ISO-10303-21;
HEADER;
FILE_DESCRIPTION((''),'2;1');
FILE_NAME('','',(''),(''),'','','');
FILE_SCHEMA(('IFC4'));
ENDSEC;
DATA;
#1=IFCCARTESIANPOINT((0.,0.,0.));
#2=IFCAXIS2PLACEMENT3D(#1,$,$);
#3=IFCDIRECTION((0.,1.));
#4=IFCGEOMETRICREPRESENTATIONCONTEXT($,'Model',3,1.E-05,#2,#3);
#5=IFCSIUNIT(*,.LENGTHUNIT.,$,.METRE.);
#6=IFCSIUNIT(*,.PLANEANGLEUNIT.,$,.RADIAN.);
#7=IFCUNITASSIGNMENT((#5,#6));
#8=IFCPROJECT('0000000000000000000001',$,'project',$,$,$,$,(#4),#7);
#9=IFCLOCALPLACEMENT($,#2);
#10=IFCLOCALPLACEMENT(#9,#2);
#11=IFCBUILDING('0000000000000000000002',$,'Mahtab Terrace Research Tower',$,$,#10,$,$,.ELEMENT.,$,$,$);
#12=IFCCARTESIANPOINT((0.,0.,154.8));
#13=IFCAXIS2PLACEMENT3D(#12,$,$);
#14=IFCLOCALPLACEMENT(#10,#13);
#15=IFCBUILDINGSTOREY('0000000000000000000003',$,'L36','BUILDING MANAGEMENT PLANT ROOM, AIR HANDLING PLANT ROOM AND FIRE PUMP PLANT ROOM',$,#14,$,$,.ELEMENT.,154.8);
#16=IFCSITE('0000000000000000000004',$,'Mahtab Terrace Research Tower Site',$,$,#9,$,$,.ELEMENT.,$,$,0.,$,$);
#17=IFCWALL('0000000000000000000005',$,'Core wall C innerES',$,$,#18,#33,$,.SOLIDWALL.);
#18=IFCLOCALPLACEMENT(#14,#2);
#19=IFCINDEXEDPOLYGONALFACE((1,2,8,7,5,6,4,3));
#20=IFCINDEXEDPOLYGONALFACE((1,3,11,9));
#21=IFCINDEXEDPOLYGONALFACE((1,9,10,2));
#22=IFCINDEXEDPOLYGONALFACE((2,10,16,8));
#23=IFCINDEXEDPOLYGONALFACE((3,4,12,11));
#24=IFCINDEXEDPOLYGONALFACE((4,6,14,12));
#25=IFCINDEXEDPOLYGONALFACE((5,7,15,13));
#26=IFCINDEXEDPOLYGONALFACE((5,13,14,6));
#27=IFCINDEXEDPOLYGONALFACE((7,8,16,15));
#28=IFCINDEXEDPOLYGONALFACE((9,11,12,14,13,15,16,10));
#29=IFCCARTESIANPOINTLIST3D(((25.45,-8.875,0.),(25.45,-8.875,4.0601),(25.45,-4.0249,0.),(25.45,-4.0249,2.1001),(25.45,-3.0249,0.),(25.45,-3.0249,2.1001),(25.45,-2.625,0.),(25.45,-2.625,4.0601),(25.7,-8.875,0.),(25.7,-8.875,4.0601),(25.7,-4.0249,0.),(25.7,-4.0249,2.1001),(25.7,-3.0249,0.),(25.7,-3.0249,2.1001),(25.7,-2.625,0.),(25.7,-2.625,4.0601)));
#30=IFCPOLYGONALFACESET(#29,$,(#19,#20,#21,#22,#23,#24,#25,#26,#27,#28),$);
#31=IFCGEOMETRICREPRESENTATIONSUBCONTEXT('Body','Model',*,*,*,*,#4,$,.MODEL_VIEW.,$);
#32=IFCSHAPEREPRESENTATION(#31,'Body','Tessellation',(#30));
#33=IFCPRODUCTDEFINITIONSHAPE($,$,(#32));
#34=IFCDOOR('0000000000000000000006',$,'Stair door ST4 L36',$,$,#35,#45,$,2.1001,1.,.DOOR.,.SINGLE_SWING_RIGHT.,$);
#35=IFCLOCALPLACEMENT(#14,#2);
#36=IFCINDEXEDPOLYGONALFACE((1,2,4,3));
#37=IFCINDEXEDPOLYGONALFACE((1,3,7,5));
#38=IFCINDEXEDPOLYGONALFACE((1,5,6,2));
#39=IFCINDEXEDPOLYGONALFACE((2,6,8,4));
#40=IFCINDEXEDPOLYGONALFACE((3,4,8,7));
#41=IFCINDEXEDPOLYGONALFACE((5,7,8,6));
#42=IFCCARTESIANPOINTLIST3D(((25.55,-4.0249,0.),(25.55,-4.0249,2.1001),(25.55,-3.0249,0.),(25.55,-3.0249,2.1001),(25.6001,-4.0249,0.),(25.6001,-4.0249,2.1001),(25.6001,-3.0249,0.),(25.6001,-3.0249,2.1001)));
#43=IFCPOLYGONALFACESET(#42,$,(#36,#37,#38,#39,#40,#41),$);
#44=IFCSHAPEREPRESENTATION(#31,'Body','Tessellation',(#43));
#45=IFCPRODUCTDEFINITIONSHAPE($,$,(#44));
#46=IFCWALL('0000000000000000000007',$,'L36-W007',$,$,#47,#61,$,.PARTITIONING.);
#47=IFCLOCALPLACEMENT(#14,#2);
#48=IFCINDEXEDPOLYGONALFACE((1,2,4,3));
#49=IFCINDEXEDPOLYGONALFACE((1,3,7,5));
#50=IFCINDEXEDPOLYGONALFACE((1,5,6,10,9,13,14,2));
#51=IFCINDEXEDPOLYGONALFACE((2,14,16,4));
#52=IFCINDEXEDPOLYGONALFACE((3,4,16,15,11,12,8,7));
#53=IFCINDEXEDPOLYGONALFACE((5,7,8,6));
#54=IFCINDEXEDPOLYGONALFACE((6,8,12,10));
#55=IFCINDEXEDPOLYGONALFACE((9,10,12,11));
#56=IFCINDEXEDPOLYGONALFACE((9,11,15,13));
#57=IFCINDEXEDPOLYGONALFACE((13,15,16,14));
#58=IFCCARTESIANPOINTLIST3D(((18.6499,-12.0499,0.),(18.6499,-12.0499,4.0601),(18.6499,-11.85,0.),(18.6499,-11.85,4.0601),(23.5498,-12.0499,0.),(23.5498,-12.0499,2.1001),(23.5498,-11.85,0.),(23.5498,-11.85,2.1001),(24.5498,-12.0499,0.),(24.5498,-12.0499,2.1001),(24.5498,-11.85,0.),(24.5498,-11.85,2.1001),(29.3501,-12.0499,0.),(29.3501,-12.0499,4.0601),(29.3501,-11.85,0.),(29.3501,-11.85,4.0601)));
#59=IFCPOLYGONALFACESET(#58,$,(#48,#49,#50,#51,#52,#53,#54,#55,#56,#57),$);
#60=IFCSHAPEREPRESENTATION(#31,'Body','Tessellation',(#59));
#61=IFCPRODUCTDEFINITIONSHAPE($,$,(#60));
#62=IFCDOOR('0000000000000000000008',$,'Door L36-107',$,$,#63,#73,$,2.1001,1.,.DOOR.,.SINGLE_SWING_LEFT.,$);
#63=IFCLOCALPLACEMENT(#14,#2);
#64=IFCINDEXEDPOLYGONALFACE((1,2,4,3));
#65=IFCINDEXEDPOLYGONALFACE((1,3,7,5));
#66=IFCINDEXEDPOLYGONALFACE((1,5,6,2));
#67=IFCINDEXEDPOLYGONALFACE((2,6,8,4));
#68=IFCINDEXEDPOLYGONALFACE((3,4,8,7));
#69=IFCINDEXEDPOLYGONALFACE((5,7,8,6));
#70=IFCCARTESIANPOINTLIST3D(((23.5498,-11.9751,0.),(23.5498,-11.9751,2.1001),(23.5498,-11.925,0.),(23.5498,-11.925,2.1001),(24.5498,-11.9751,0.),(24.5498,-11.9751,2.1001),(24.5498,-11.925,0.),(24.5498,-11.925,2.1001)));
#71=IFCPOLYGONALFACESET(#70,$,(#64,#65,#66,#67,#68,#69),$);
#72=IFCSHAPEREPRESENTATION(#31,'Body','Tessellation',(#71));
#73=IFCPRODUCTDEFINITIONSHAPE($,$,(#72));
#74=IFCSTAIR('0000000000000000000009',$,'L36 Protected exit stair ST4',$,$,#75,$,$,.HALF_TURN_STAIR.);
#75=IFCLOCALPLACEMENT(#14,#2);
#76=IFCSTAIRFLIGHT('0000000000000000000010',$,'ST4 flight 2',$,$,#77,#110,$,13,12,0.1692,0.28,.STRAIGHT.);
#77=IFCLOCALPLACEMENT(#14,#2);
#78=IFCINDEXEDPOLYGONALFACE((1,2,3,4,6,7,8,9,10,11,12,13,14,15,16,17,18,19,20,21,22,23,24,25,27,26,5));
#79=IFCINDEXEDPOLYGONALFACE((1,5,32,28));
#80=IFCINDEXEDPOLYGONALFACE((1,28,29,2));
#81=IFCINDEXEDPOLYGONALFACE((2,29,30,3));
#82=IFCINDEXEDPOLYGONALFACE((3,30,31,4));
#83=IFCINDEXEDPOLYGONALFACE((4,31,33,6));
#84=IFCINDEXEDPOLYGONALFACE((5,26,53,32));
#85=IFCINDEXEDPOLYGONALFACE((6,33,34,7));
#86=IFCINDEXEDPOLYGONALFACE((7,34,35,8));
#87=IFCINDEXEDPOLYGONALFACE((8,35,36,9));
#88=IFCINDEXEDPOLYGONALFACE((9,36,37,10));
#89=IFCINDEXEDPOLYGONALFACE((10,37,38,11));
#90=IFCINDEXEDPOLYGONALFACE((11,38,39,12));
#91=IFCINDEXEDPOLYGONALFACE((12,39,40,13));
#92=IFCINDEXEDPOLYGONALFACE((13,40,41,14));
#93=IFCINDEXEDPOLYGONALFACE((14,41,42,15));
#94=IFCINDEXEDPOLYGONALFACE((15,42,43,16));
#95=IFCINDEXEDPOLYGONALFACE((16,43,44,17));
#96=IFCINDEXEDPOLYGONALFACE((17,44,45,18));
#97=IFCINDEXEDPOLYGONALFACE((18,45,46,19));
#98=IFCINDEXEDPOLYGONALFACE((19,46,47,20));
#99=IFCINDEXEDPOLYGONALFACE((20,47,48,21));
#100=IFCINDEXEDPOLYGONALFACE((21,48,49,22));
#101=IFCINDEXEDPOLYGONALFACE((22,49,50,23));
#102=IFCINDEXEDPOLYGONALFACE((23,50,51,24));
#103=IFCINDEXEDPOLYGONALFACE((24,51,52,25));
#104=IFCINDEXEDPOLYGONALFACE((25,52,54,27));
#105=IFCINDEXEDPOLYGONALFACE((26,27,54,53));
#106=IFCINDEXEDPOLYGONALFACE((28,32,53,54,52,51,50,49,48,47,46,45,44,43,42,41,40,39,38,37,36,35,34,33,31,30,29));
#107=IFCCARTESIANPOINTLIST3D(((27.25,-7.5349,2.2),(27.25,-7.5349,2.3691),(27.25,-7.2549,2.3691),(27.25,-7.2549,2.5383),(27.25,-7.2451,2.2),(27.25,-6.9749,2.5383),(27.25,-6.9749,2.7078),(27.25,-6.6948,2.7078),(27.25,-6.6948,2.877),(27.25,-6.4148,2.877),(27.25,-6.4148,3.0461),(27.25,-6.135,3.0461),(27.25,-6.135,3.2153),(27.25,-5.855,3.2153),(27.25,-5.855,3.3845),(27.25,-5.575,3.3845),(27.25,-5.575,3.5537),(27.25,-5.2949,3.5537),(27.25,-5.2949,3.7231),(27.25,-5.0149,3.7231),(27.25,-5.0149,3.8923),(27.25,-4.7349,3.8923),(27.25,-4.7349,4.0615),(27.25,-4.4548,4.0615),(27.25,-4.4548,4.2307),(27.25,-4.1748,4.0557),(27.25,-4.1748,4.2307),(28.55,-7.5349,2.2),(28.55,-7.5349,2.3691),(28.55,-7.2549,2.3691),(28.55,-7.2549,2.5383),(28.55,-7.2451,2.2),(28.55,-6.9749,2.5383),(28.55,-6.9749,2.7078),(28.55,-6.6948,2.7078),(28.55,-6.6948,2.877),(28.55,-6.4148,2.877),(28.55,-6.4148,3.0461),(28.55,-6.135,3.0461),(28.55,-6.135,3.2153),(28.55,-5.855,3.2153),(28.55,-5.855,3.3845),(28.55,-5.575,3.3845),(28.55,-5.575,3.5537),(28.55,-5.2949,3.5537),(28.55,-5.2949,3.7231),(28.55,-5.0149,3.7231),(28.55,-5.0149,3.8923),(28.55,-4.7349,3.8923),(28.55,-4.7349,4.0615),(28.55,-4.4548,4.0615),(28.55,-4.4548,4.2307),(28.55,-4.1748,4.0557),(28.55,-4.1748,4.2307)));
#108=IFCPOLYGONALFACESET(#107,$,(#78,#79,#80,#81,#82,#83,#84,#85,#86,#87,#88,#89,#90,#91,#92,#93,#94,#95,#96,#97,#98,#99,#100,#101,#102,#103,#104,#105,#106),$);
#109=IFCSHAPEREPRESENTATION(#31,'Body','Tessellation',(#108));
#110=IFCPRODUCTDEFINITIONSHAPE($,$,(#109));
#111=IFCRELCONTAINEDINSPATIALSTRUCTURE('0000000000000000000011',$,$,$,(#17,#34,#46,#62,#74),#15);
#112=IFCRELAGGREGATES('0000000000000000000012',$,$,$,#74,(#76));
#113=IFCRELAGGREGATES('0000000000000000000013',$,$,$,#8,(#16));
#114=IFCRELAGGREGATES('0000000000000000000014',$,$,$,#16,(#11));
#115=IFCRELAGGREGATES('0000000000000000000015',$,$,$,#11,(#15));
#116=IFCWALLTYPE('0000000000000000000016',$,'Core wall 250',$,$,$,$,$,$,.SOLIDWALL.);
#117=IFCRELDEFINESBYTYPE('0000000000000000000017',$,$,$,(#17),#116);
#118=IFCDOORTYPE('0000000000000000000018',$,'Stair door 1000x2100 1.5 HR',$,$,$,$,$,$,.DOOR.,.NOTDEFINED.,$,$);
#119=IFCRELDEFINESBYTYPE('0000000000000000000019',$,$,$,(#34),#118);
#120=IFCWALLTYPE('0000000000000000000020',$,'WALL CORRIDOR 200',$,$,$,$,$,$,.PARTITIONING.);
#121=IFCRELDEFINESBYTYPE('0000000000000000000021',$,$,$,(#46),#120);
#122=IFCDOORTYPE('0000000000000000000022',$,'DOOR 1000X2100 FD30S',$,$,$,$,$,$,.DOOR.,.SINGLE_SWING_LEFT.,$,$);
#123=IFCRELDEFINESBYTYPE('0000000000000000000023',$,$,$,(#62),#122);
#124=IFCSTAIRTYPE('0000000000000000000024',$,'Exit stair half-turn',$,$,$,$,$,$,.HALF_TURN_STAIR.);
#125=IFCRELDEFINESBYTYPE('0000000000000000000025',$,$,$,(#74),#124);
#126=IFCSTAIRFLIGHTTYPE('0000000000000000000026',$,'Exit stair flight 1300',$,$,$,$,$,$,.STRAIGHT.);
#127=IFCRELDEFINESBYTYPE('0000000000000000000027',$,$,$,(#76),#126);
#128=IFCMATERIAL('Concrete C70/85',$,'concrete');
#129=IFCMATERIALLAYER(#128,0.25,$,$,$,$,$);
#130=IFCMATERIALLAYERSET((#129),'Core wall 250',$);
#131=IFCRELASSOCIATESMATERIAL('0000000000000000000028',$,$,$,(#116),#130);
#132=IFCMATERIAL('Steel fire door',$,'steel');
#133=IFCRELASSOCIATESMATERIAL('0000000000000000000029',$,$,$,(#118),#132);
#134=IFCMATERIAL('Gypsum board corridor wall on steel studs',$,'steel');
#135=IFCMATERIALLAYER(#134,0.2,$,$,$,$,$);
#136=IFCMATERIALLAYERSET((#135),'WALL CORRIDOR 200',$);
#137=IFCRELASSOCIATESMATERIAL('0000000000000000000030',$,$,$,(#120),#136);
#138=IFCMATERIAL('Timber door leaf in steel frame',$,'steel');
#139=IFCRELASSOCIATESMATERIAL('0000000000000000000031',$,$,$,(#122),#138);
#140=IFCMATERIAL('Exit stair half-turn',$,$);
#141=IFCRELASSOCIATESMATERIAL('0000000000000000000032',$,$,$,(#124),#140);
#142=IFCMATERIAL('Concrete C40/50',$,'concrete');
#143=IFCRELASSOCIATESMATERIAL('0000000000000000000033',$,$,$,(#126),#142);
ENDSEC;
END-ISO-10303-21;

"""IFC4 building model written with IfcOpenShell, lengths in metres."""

from ifc_helpers import new_model, si_unit, direction, frame, frame_2d, origin, place, context, subcontext, project, spatial, polyline, rectangle, outline, extrude, material, layer, layer_set, type_object, element, fill, aggregate, save


model = new_model("IFC4")

# Units and contexts
model_context = context("Model", 3, precision=1e-05, world=origin(), true_north=direction((0.0, 1.0)))
body_context = subcontext(model_context, "Body", "Model", "MODEL_VIEW")
ifc_project = project(units=[si_unit("LENGTHUNIT", "METRE"), si_unit("PLANEANGLEUNIT", "RADIAN")], contexts=[model_context])

# Site, building, storey
site_placement = place(None, origin())
site = spatial("IfcSite", under=ifc_project, at=site_placement, Name="Mahtab Terrace Research Tower Site", CompositionType="ELEMENT", RefElevation=0.0)
building_placement = place(site_placement, origin())
building = spatial("IfcBuilding", under=site, at=building_placement, Name="Mahtab Terrace Research Tower", CompositionType="ELEMENT")
storey_placement = place(building_placement, frame((0.0, 0.0, 154.8)))
storey = spatial("IfcBuildingStorey", under=building, at=storey_placement, Name="L36", Description="BUILDING MANAGEMENT PLANT ROOM, AIR HANDLING PLANT ROOM AND FIRE PUMP PLANT ROOM", CompositionType="ELEMENT", Elevation=154.8)

# Shared definitions
ifc_material_1 = material(Name="Concrete C70/85", Category="concrete")

# Shared definitions
ifc_layer_1 = layer(ifc_material_1, 0.25)
ifc_layer_set_1 = layer_set([ifc_layer_1], Name="Core wall 250")
wall_type_1 = type_object("IfcWallType", Name="Core wall 250", PredefinedType="SOLIDWALL", material=ifc_layer_set_1)
ifc_material_2 = material(Name="Steel fire door", Category="steel")

# Walls, openings, doors
wall_1_placement = place(storey_placement, frame((25.575, -8.875, 0.0), z_axis=(0.0, 0.0, 1.0), x_axis=(0.0, 1.0, 0.0)))
wall_1 = element("IfcWall", 1, at=wall_1_placement, inside=storey, type_object=wall_type_1, Name="Core wall C innerES", PredefinedType="SOLIDWALL", context=body_context, shape_type="SweptSolid", body=[
    extrude(rectangle(XDim=6.25, YDim=0.25, at=frame_2d((3.125, 0.0))), origin(), (0.0, 0.0, 1.0), 4.0601),
])
opening_1_placement = place(wall_1_placement, frame((4.8501, 0.0, 0.0)))
opening_1 = element("IfcOpeningElement", 2, at=opening_1_placement, cuts=wall_1, PredefinedType="OPENING", context=body_context, shape_type="SweptSolid", body=[
    extrude(rectangle(XDim=1.0, YDim=2.1001, at=frame_2d((0.5, 1.05))), frame((0.0, 0.135, 0.0), z_axis=(0.0, -1.0, 0.0), x_axis=(1.0, 0.0, 0.0)), (0.0, 0.0, 1.0), 0.27),
])
door_type_1 = type_object("IfcDoorType", Name="Stair door 1000x2100 1.5 HR", OperationType="NOTDEFINED", PredefinedType="DOOR", material=ifc_material_2)
door_1_placement = place(opening_1_placement, origin())
door_1 = element("IfcDoor", 3, at=door_1_placement, inside=storey, type_object=door_type_1, Name="Stair door ST4 L36", OperationType="SINGLE_SWING_RIGHT", OverallHeight=2.1001, OverallWidth=1.0, PredefinedType="DOOR", context=body_context, shape_type="SweptSolid", body=[
    extrude(rectangle(XDim=1.0, YDim=2.1001, at=frame_2d((0.5, 1.05))), frame((0.0, 0.0249, 0.0), z_axis=(0.0, -1.0, 0.0), x_axis=(1.0, 0.0, 0.0)), (0.0, 0.0, 1.0), 0.05),
])
fill(opening_1, door_1)
ifc_material_3 = material(Name="Gypsum board corridor wall on steel studs", Category="steel")
ifc_layer_2 = layer(ifc_material_3, 0.2)
ifc_layer_set_2 = layer_set([ifc_layer_2], Name="WALL CORRIDOR 200")
wall_type_2 = type_object("IfcWallType", Name="WALL CORRIDOR 200", PredefinedType="PARTITIONING", material=ifc_layer_set_2)
wall_2_placement = place(storey_placement, frame((18.6499, -11.95, 0.0), z_axis=(0.0, 0.0, 1.0), x_axis=(1.0, 0.0, 0.0)))
wall_2 = element("IfcWall", 4, at=wall_2_placement, inside=storey, type_object=wall_type_2, Name="L36-W007", PredefinedType="PARTITIONING", context=body_context, shape_type="SweptSolid", body=[
    extrude(rectangle(XDim=10.7002, YDim=0.2, at=frame_2d((5.3501, 0.0))), origin(), (0.0, 0.0, 1.0), 4.0601),
])
opening_2_placement = place(wall_2_placement, frame((4.8999, 0.0, 0.0)))
opening_2 = element("IfcOpeningElement", 5, at=opening_2_placement, cuts=wall_2, PredefinedType="OPENING", context=body_context, shape_type="SweptSolid", body=[
    extrude(rectangle(XDim=1.0, YDim=2.1001, at=frame_2d((0.5, 1.05))), frame((0.0, 0.1099, 0.0), z_axis=(0.0, -1.0, 0.0), x_axis=(1.0, 0.0, 0.0)), (0.0, 0.0, 1.0), 0.22),
])
ifc_material_4 = material(Name="Timber door leaf in steel frame", Category="steel")
door_type_2 = type_object("IfcDoorType", Name="DOOR 1000X2100 FD30S", OperationType="SINGLE_SWING_LEFT", PredefinedType="DOOR", material=ifc_material_4)
door_2_placement = place(opening_2_placement, origin())
door_2 = element("IfcDoor", 6, at=door_2_placement, inside=storey, type_object=door_type_2, Name="Door L36-107", OperationType="SINGLE_SWING_LEFT", OverallHeight=2.1001, OverallWidth=1.0, PredefinedType="DOOR", context=body_context, shape_type="SweptSolid", body=[
    extrude(rectangle(XDim=1.0, YDim=2.1001, at=frame_2d((0.5, 1.05))), frame((0.0, 0.0249, 0.0), z_axis=(0.0, -1.0, 0.0), x_axis=(1.0, 0.0, 0.0)), (0.0, 0.0, 1.0), 0.05),
])
fill(opening_2, door_2)

# Stair, stair flight
ifc_material_5 = material(Name="Exit stair half-turn")
stair_type = type_object("IfcStairType", Name="Exit stair half-turn", PredefinedType="HALF_TURN_STAIR", material=ifc_material_5)
stair_placement = place(storey_placement, origin())
stair = element("IfcStair", 7, at=stair_placement, inside=storey, type_object=stair_type, Name="L36 Protected exit stair ST4", PredefinedType="HALF_TURN_STAIR")
ifc_material_6 = material(Name="Concrete C40/50", Category="concrete")
stair_flight_type = type_object("IfcStairFlightType", Name="Exit stair flight 1300", PredefinedType="STRAIGHT", material=ifc_material_6)
stair_flight_placement = place(storey_placement, frame((27.8999, -7.5349, 2.2), z_axis=(0.0, 0.0, 1.0), x_axis=(0.0, 1.0, 0.0)))
stair_flight = element("IfcStairFlight", 8, at=stair_flight_placement, type_object=stair_flight_type, Name="ST4 flight 2", NumberOfRisers=13, NumberOfTreads=12, PredefinedType="STRAIGHT", RiserHeight=0.1692, TreadLength=0.28, context=body_context, shape_type="SweptSolid", body=[
    extrude(outline(polyline([(0.0, 0.0), (0.0, 0.1692), (0.28, 0.1692), (0.28, 0.3384), (0.5601, 0.3384), (0.5601, 0.5078), (0.8401, 0.5078), (0.8401, 0.677), (1.1201, 0.677), (1.1201, 0.8462), (1.3999, 0.8462), (1.3999, 1.0154), (1.6799, 1.0154), (1.6799, 1.1846), (1.96, 1.1846), (1.96, 1.3538), (2.24, 1.3538), (2.24, 1.5232), (2.52, 1.5232), (2.52, 1.6924), (2.8, 1.6924), (2.8, 1.8616), (3.0801, 1.8616), (3.0801, 2.0308), (3.3601, 2.0308), (3.3601, 2.2), (3.3601, 1.8557), (0.2898, 0.0), (0.0, 0.0)])), frame((0.0, 0.6499, 0.0), z_axis=(0.0, -1.0, 0.0), x_axis=(1.0, 0.0, 0.0)), (0.0, 0.0, 1.0), 1.3),
])
aggregate(stair, [stair_flight])

save(model, "model.ifc")
